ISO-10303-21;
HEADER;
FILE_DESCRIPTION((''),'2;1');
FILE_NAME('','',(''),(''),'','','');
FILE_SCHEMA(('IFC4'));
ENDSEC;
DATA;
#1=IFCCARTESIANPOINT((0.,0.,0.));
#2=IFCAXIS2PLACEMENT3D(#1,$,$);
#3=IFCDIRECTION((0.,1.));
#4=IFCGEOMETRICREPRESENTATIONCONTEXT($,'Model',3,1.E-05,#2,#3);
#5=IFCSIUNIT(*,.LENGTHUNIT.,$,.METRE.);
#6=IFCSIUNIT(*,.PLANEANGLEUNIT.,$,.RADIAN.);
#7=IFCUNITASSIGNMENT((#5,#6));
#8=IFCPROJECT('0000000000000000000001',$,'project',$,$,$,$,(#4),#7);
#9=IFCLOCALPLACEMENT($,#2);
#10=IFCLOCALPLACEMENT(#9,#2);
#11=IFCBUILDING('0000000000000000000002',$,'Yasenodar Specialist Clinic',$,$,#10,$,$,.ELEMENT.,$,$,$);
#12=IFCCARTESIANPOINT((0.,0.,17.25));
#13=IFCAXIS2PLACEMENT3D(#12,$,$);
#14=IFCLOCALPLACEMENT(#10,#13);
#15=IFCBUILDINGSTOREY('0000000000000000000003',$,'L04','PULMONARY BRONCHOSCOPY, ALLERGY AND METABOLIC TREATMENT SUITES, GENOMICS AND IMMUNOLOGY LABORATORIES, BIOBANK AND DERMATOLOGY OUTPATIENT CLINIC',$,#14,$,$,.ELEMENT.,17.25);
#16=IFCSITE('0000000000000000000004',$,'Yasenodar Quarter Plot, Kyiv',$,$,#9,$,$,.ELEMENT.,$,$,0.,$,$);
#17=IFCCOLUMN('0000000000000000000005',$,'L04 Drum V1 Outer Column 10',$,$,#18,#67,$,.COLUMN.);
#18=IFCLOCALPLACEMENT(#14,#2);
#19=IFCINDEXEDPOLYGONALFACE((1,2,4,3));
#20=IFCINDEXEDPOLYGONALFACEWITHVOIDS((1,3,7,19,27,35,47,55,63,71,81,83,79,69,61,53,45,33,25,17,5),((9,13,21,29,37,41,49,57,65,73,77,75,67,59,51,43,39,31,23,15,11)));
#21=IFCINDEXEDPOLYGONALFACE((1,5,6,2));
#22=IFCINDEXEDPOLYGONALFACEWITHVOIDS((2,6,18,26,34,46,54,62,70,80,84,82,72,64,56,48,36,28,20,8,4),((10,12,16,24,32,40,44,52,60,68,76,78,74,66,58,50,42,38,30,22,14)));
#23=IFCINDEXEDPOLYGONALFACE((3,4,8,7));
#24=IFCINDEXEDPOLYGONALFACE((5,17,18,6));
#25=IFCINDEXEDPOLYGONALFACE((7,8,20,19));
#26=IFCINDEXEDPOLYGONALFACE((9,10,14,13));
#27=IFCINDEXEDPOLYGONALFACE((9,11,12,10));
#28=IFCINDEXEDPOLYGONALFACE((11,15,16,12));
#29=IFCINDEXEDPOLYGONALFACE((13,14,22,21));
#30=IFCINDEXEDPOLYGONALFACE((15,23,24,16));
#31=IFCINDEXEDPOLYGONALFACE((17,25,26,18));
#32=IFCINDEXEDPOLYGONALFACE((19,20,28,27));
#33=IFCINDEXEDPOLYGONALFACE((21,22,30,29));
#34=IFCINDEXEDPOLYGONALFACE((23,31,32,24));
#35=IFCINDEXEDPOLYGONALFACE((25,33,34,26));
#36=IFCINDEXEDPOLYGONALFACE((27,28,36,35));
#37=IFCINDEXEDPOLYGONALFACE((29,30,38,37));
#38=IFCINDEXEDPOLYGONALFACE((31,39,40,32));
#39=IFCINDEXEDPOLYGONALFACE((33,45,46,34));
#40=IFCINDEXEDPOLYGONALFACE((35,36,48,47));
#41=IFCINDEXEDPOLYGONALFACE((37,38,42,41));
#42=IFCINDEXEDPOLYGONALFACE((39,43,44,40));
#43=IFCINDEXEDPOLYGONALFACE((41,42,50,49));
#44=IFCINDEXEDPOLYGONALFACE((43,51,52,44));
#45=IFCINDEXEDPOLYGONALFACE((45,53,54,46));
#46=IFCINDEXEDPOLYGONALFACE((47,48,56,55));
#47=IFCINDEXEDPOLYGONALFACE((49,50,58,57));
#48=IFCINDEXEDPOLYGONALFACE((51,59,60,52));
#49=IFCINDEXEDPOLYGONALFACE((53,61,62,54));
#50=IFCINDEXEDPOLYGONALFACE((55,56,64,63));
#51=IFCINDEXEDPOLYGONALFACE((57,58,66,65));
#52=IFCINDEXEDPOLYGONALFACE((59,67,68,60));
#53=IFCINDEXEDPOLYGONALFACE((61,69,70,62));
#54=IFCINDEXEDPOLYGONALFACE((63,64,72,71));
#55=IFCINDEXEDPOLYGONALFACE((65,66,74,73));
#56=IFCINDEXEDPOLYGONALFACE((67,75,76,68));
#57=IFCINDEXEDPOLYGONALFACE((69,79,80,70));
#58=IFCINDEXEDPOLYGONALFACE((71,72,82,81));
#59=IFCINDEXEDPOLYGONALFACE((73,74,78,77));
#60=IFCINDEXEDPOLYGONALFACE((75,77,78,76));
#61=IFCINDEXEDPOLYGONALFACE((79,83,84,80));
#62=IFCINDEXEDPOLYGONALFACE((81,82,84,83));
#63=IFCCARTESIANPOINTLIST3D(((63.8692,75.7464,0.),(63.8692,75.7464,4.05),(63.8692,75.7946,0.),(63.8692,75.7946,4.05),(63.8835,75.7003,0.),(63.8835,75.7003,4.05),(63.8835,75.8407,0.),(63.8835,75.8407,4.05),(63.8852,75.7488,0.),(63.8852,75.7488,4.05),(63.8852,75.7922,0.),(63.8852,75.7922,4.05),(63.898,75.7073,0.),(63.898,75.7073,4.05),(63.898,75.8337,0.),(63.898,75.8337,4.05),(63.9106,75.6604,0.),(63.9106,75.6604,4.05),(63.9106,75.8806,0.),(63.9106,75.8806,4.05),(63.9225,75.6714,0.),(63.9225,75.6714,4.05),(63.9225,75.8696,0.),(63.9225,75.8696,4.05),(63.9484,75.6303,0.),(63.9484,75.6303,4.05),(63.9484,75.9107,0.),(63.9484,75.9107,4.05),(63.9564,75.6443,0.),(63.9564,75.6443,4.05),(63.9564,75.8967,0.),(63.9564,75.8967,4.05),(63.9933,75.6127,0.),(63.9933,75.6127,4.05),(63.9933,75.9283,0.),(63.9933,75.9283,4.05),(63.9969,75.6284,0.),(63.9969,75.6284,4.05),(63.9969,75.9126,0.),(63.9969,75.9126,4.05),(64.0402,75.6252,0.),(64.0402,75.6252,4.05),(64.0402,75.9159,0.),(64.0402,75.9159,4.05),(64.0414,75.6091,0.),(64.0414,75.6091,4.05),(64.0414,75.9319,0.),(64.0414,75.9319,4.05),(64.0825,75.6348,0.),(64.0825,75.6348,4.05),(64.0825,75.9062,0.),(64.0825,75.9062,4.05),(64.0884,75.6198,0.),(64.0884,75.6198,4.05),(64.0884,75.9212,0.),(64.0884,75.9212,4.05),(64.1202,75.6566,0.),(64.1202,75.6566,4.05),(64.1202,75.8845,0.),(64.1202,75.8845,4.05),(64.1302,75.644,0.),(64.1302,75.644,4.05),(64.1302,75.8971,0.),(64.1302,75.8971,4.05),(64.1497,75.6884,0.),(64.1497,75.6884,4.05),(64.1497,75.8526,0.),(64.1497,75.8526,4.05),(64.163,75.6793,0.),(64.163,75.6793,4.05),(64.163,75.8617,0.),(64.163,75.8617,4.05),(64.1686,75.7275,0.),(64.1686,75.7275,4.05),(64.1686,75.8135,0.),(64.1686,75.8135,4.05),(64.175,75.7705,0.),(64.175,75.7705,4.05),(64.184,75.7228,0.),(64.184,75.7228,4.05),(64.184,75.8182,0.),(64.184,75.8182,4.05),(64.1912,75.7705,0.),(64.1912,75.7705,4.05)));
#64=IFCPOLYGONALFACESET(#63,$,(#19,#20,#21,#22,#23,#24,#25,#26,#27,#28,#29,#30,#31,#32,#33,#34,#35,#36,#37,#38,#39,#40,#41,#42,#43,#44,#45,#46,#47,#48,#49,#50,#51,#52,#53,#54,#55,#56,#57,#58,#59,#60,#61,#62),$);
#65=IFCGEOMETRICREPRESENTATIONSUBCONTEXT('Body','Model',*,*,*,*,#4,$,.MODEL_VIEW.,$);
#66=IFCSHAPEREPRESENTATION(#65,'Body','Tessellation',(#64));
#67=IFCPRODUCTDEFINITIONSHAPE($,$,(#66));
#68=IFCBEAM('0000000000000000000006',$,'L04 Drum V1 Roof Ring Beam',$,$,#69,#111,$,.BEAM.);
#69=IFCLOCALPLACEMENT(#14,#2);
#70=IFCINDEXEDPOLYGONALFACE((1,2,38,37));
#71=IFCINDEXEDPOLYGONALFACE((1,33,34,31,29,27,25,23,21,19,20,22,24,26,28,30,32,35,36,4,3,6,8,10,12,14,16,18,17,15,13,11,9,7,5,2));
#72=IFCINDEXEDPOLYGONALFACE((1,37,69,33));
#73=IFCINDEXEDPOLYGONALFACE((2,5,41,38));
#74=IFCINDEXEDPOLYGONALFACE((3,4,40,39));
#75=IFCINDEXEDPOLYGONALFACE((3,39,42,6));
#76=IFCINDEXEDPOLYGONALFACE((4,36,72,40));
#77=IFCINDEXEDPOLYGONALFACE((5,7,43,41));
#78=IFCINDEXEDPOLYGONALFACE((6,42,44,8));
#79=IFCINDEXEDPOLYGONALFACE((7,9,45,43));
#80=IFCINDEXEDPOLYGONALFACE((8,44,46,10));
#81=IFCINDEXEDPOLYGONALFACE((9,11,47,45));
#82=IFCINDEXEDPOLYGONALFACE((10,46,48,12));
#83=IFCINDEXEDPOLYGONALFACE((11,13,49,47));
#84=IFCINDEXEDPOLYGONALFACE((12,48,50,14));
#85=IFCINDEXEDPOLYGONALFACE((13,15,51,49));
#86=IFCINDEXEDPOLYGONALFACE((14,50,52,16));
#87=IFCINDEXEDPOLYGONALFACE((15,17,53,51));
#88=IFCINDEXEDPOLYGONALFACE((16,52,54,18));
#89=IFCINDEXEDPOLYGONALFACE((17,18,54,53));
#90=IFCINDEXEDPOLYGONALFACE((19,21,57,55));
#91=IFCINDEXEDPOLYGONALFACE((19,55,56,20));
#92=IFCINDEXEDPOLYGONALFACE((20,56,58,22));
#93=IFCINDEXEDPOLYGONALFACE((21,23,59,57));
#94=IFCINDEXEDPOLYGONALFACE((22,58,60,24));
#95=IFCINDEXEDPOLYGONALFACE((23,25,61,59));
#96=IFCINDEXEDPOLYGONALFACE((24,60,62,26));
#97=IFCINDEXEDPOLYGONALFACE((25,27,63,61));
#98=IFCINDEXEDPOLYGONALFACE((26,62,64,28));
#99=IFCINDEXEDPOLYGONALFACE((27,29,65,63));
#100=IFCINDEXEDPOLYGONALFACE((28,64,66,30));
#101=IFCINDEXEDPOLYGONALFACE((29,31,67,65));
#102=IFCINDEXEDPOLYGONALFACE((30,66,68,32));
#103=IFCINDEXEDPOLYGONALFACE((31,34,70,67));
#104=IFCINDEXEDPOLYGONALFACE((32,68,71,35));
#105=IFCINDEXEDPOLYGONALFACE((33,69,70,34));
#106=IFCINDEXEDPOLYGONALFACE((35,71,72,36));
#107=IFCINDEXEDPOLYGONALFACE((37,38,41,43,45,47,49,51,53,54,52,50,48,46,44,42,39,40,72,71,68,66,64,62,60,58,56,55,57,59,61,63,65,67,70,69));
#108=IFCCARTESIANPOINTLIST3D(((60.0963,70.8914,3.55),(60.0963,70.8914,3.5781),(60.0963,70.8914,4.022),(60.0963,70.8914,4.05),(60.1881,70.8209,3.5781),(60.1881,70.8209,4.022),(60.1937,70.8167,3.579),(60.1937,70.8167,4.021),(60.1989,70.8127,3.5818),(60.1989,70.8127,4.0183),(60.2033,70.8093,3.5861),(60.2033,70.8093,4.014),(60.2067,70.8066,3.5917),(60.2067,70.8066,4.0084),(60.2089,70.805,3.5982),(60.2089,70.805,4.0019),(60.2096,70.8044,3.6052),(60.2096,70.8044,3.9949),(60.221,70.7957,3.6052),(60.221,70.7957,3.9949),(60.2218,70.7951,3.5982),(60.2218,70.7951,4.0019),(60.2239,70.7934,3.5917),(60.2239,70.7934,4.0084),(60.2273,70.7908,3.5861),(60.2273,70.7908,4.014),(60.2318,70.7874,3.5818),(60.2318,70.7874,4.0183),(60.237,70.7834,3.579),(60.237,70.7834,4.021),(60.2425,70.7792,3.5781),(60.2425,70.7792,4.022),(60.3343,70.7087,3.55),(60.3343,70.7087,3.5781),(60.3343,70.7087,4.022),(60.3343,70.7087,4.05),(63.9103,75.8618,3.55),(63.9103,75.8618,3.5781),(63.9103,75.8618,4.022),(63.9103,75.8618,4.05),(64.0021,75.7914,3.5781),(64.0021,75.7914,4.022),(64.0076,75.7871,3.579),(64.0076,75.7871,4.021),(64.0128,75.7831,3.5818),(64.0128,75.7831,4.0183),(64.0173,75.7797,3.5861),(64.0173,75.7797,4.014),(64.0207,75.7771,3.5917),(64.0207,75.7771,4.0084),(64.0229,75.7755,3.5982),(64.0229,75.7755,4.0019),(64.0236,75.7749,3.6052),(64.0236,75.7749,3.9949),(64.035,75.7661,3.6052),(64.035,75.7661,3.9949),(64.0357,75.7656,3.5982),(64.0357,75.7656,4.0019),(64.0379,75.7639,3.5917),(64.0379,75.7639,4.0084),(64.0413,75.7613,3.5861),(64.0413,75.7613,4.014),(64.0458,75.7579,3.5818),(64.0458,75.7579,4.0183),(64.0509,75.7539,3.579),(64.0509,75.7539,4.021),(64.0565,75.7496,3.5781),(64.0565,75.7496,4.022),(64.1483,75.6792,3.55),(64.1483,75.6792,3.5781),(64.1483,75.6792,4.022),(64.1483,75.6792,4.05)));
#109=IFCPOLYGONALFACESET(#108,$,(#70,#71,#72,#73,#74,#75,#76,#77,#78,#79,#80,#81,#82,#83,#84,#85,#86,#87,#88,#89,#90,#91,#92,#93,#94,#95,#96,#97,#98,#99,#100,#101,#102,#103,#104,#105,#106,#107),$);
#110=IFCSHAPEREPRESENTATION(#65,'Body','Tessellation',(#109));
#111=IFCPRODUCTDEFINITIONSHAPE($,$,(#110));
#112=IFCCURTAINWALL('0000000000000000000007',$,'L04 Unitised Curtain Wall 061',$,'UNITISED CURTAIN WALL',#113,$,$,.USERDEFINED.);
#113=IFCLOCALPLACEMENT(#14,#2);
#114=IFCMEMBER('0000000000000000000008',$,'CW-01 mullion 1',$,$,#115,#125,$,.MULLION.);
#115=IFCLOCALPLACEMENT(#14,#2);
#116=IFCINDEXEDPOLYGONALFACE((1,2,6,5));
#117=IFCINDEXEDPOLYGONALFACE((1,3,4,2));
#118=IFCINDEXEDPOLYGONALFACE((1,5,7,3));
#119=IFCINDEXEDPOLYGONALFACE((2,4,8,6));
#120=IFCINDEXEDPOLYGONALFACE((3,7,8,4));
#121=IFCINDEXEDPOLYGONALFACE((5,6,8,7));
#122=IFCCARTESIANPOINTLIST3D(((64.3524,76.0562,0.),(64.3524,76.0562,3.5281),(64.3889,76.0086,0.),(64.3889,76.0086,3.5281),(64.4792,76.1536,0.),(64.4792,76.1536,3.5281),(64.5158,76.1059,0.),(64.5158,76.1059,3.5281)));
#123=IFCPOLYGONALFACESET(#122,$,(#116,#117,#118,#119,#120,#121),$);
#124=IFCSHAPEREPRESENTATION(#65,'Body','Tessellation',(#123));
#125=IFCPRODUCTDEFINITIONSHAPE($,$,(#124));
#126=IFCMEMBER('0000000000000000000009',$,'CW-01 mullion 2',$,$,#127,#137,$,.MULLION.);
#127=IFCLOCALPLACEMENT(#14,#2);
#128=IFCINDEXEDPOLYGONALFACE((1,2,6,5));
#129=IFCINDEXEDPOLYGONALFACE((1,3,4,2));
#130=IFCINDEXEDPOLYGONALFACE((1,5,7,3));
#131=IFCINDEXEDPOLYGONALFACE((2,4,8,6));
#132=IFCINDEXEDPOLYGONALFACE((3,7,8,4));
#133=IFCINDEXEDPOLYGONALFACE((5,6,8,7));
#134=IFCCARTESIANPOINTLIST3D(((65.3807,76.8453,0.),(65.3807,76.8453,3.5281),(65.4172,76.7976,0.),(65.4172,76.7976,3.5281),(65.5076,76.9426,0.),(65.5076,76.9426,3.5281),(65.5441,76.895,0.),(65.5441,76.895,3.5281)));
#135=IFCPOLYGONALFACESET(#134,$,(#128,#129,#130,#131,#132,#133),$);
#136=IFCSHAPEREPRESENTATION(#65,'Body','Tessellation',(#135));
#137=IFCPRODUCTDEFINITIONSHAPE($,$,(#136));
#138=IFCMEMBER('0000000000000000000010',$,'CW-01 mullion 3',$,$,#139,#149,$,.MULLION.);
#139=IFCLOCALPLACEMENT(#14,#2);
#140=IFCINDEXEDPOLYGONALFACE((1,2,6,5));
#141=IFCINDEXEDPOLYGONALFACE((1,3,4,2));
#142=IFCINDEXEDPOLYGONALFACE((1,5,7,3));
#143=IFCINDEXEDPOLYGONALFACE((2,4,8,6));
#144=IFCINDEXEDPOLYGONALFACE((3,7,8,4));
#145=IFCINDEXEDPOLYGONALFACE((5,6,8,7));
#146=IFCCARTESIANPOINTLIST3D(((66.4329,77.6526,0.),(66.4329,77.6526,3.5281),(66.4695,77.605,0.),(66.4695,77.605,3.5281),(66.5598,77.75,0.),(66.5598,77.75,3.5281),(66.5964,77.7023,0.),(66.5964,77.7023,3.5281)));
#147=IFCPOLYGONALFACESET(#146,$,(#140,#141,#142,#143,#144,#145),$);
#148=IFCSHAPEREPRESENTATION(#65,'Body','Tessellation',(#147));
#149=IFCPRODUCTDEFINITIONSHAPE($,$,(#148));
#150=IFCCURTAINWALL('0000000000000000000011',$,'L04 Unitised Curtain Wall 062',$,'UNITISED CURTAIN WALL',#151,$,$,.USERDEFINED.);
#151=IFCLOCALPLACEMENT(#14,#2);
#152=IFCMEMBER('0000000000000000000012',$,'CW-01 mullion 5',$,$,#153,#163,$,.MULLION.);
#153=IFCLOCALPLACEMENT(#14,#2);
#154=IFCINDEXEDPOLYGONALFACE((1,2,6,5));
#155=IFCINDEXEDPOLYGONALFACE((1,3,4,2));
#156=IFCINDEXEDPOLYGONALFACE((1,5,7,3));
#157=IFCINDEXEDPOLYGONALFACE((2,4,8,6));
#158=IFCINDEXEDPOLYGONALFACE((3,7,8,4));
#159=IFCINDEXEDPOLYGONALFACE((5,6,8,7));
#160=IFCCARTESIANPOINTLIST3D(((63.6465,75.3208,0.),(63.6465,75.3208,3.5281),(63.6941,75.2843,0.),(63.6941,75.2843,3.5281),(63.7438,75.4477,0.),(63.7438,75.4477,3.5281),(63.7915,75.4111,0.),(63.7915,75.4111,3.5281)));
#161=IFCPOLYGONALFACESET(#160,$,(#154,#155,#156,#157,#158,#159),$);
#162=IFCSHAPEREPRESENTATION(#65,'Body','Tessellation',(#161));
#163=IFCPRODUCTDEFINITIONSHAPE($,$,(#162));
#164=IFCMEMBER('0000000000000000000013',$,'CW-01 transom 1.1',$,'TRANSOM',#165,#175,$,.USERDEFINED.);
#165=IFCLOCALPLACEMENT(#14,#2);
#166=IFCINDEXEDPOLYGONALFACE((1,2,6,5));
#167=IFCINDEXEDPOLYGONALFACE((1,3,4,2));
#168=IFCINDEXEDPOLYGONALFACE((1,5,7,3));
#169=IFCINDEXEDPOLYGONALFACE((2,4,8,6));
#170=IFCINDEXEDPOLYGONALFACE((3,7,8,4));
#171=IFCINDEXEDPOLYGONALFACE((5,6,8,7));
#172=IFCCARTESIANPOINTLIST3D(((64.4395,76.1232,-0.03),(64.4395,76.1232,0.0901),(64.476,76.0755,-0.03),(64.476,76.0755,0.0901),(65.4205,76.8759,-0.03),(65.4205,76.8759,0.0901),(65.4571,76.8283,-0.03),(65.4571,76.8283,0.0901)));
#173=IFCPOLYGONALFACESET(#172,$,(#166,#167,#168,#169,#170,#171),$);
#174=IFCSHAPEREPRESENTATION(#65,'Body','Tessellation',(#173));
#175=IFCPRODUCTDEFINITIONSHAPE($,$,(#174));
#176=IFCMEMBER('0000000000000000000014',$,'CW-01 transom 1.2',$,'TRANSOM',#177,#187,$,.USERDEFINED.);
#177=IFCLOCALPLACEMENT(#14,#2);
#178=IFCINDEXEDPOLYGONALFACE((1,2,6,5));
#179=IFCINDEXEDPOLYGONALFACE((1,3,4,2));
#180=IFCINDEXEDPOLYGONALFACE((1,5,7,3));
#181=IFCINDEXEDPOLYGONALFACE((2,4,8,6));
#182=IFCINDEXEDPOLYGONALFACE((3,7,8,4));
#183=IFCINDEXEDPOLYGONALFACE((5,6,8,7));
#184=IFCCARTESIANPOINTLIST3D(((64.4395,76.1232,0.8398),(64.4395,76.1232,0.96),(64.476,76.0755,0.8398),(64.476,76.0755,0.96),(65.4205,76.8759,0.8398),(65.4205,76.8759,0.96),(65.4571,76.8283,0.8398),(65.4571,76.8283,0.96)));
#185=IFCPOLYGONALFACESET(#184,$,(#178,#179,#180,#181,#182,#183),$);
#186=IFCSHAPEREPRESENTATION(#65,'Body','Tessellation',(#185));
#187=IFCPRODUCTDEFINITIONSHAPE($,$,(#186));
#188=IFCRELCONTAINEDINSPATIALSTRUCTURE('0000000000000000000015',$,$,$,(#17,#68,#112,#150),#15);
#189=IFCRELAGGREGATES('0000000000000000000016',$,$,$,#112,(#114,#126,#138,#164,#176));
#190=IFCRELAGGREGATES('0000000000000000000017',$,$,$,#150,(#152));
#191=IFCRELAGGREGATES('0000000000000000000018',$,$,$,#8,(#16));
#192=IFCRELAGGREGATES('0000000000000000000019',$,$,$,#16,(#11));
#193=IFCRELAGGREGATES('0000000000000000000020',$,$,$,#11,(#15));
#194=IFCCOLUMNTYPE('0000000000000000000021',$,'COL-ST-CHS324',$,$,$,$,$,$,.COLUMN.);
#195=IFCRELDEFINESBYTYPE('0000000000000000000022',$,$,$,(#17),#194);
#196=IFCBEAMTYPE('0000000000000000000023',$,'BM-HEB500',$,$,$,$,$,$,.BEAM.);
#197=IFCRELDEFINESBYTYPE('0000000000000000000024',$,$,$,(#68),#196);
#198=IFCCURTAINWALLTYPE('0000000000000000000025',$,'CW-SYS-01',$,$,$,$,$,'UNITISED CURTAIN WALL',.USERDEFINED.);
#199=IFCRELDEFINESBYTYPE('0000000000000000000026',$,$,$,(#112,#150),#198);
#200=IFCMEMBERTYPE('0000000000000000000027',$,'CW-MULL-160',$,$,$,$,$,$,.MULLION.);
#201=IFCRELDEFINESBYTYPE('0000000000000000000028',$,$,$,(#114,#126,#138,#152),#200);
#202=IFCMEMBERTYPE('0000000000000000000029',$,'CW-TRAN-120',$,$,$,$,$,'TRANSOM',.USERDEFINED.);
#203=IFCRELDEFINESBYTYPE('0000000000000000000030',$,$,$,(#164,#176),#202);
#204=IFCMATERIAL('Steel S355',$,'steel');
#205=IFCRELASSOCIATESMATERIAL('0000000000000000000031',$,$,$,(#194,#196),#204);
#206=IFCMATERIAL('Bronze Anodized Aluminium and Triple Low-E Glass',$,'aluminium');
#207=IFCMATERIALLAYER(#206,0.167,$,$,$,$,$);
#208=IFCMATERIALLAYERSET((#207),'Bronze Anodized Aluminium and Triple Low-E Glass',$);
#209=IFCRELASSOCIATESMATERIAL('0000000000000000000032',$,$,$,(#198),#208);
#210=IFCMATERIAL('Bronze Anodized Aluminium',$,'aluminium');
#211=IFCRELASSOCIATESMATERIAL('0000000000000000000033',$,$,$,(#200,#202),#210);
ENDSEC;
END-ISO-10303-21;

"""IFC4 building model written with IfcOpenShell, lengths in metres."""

from ifc_helpers import new_model, si_unit, direction, frame, origin, origin_2d, place, context, subcontext, project, spatial, rectangle, hollow_circle, i_section, extrude, material, layer, layer_set, material_profile, profile_set, type_object, element, aggregate, save


model = new_model("IFC4")

# Units and contexts
model_context = context("Model", 3, precision=1e-05, world=origin(), true_north=direction((0.0, 1.0)))
body_context = subcontext(model_context, "Body", "Model", "MODEL_VIEW")
ifc_project = project(units=[si_unit("LENGTHUNIT", "METRE"), si_unit("PLANEANGLEUNIT", "RADIAN")], contexts=[model_context])

# Site, building, storey
site_placement = place(None, origin())
site = spatial("IfcSite", under=ifc_project, at=site_placement, Name="Yasenodar Quarter Plot, Kyiv", CompositionType="ELEMENT", RefElevation=0.0)
building_placement = place(site_placement, origin())
building = spatial("IfcBuilding", under=site, at=building_placement, Name="Yasenodar Specialist Clinic", CompositionType="ELEMENT")
storey_placement = place(building_placement, frame((0.0, 0.0, 17.25)))
storey = spatial("IfcBuildingStorey", under=building, at=storey_placement, Name="L04", Description="PULMONARY BRONCHOSCOPY, ALLERGY AND METABOLIC TREATMENT SUITES, GENOMICS AND IMMUNOLOGY LABORATORIES, BIOBANK AND DERMATOLOGY OUTPATIENT CLINIC", CompositionType="ELEMENT", Elevation=17.25)

# Column
ifc_material_1 = material(Name="Steel S355", Category="steel")
ifc_material_profile_1 = material_profile(ifc_material_1, hollow_circle(Radius=0.1619, WallThickness=0.0161, at=origin_2d()), Name="CHS 323.9x16")
ifc_profile_set_1 = profile_set([ifc_material_profile_1], Name="Steel S355")
column_type = type_object("IfcColumnType", Name="COL-ST-CHS324", PredefinedType="COLUMN", material=ifc_profile_set_1)
column_placement = place(storey_placement, frame((64.0293, 75.7705, 0.0), z_axis=(0.0, 0.0, 1.0), x_axis=(1.0, 0.0, 0.0)))
element("IfcColumn", 1, at=column_placement, inside=storey, type_object=column_type, Name="L04 Drum V1 Outer Column 10", PredefinedType="COLUMN", context=body_context, shape_type="SweptSolid", body=[
    extrude(hollow_circle(Radius=0.1619, WallThickness=0.0161, at=origin_2d()), origin(), (0.0, 0.0, 1.0), 4.05),
])

# Beam
ifc_material_profile_2 = material_profile(ifc_material_1, i_section(OverallWidth=0.3, OverallDepth=0.5, WebThickness=0.0144, FlangeThickness=0.0281, FilletRadius=0.0271, at=origin_2d()), Name="HEB 500")
ifc_profile_set_2 = profile_set([ifc_material_profile_2], Name="Steel S355")
beam_type = type_object("IfcBeamType", Name="BM-HEB500", PredefinedType="BEAM", material=ifc_profile_set_2)
beam_placement = place(storey_placement, frame((64.0293, 75.7705, 3.8), z_axis=(-0.608761, -0.793354, 0.0), x_axis=(0.793354, -0.608761, 0.0)))
element("IfcBeam", 2, at=beam_placement, inside=storey, type_object=beam_type, Name="L04 Drum V1 Roof Ring Beam", PredefinedType="BEAM", context=body_context, shape_type="SweptSolid", body=[
    extrude(i_section(OverallWidth=0.3, OverallDepth=0.5, WebThickness=0.0144, FlangeThickness=0.0281, FilletRadius=0.0271, at=origin_2d()), origin(), (0.0, 0.0, 1.0), 6.2651),
])

# Curtain wall, members
ifc_material_2 = material(Name="Bronze Anodized Aluminium and Triple Low-E Glass", Category="aluminium")
ifc_layer_1 = layer(ifc_material_2, 0.167)
ifc_layer_set_1 = layer_set([ifc_layer_1], Name="Bronze Anodized Aluminium and Triple Low-E Glass")
curtain_wall_type = type_object("IfcCurtainWallType", Name="CW-SYS-01", ElementType="UNITISED CURTAIN WALL", PredefinedType="USERDEFINED", material=ifc_layer_set_1)
curtain_wall_1_placement = place(storey_placement, origin())
curtain_wall_1 = element("IfcCurtainWall", 3, at=curtain_wall_1_placement, inside=storey, type_object=curtain_wall_type, Name="L04 Unitised Curtain Wall 061", ObjectType="UNITISED CURTAIN WALL", PredefinedType="USERDEFINED")
ifc_material_3 = material(Name="Bronze Anodized Aluminium", Category="aluminium")
ifc_material_profile_3 = material_profile(ifc_material_3, rectangle(XDim=0.0601, YDim=0.1599, at=origin_2d()), Name="CW-MULL 60x160")
ifc_profile_set_3 = profile_set([ifc_material_profile_3], Name="Bronze Anodized Aluminium")
member_type_1 = type_object("IfcMemberType", Name="CW-MULL-160", PredefinedType="MULLION", material=ifc_profile_set_3)
member_1_placement = place(storey_placement, frame((64.4341, 76.0811, 0.0), z_axis=(0.0, 0.0, 1.0), x_axis=(-0.608752, 0.793361, 0.0)))
member_1 = element("IfcMember", 4, at=member_1_placement, type_object=member_type_1, Name="CW-01 mullion 1", PredefinedType="MULLION", context=body_context, shape_type="SweptSolid", body=[
    extrude(rectangle(XDim=0.0601, YDim=0.1599, at=origin_2d()), origin(), (0.0, 0.0, 1.0), 3.5281),
])
member_2_placement = place(storey_placement, frame((65.4624, 76.8701, 0.0), z_axis=(0.0, 0.0, 1.0), x_axis=(-0.608752, 0.793361, 0.0)))
member_2 = element("IfcMember", 5, at=member_2_placement, type_object=member_type_1, Name="CW-01 mullion 2", PredefinedType="MULLION", context=body_context, shape_type="SweptSolid", body=[
    extrude(rectangle(XDim=0.0601, YDim=0.1599, at=origin_2d()), origin(), (0.0, 0.0, 1.0), 3.5281),
])
member_3_placement = place(storey_placement, frame((66.5146, 77.6775, 0.0), z_axis=(0.0, 0.0, 1.0), x_axis=(-0.608752, 0.793361, 0.0)))
member_3 = element("IfcMember", 6, at=member_3_placement, type_object=member_type_1, Name="CW-01 mullion 3", PredefinedType="MULLION", context=body_context, shape_type="SweptSolid", body=[
    extrude(rectangle(XDim=0.0601, YDim=0.1599, at=origin_2d()), origin(), (0.0, 0.0, 1.0), 3.5281),
])

# Curtain wall, member
curtain_wall_2_placement = place(storey_placement, origin())
curtain_wall_2 = element("IfcCurtainWall", 7, at=curtain_wall_2_placement, inside=storey, type_object=curtain_wall_type, Name="L04 Unitised Curtain Wall 062", ObjectType="UNITISED CURTAIN WALL", PredefinedType="USERDEFINED")
member_4_placement = place(storey_placement, frame((63.719, 75.366, 0.0), z_axis=(0.0, 0.0, 1.0), x_axis=(-0.793361, 0.608752, 0.0)))
member_4 = element("IfcMember", 8, at=member_4_placement, type_object=member_type_1, Name="CW-01 mullion 5", PredefinedType="MULLION", context=body_context, shape_type="SweptSolid", body=[
    extrude(rectangle(XDim=0.0601, YDim=0.1599, at=origin_2d()), origin(), (0.0, 0.0, 1.0), 3.5281),
])

# Members
ifc_material_profile_4 = material_profile(ifc_material_3, rectangle(XDim=0.0601, YDim=0.1201, at=origin_2d()), Name="CW-TRAN 60x120")
ifc_profile_set_4 = profile_set([ifc_material_profile_4], Name="Bronze Anodized Aluminium")
member_type_2 = type_object("IfcMemberType", Name="CW-TRAN-120", ElementType="TRANSOM", PredefinedType="USERDEFINED", material=ifc_profile_set_4)
member_5_placement = place(storey_placement, frame((64.4578, 76.0994, 0.03), z_axis=(0.793365, 0.608747, 0.0), x_axis=(-0.608747, 0.793365, 0.0)))
member_5 = element("IfcMember", 9, at=member_5_placement, type_object=member_type_2, Name="CW-01 transom 1.1", ObjectType="TRANSOM", PredefinedType="USERDEFINED", context=body_context, shape_type="SweptSolid", body=[
    extrude(rectangle(XDim=0.0601, YDim=0.1201, at=origin_2d()), origin(), (0.0, 0.0, 1.0), 1.2366),
])
member_6_placement = place(storey_placement, frame((64.4578, 76.0994, 0.8999), z_axis=(0.793365, 0.608747, 0.0), x_axis=(-0.608747, 0.793365, 0.0)))
member_6 = element("IfcMember", 10, at=member_6_placement, type_object=member_type_2, Name="CW-01 transom 1.2", ObjectType="TRANSOM", PredefinedType="USERDEFINED", context=body_context, shape_type="SweptSolid", body=[
    extrude(rectangle(XDim=0.0601, YDim=0.1201, at=origin_2d()), origin(), (0.0, 0.0, 1.0), 1.2366),
])

aggregate(curtain_wall_1, [member_1, member_2, member_3, member_5, member_6])
aggregate(curtain_wall_2, [member_4])

save(model, "model.ifc")
